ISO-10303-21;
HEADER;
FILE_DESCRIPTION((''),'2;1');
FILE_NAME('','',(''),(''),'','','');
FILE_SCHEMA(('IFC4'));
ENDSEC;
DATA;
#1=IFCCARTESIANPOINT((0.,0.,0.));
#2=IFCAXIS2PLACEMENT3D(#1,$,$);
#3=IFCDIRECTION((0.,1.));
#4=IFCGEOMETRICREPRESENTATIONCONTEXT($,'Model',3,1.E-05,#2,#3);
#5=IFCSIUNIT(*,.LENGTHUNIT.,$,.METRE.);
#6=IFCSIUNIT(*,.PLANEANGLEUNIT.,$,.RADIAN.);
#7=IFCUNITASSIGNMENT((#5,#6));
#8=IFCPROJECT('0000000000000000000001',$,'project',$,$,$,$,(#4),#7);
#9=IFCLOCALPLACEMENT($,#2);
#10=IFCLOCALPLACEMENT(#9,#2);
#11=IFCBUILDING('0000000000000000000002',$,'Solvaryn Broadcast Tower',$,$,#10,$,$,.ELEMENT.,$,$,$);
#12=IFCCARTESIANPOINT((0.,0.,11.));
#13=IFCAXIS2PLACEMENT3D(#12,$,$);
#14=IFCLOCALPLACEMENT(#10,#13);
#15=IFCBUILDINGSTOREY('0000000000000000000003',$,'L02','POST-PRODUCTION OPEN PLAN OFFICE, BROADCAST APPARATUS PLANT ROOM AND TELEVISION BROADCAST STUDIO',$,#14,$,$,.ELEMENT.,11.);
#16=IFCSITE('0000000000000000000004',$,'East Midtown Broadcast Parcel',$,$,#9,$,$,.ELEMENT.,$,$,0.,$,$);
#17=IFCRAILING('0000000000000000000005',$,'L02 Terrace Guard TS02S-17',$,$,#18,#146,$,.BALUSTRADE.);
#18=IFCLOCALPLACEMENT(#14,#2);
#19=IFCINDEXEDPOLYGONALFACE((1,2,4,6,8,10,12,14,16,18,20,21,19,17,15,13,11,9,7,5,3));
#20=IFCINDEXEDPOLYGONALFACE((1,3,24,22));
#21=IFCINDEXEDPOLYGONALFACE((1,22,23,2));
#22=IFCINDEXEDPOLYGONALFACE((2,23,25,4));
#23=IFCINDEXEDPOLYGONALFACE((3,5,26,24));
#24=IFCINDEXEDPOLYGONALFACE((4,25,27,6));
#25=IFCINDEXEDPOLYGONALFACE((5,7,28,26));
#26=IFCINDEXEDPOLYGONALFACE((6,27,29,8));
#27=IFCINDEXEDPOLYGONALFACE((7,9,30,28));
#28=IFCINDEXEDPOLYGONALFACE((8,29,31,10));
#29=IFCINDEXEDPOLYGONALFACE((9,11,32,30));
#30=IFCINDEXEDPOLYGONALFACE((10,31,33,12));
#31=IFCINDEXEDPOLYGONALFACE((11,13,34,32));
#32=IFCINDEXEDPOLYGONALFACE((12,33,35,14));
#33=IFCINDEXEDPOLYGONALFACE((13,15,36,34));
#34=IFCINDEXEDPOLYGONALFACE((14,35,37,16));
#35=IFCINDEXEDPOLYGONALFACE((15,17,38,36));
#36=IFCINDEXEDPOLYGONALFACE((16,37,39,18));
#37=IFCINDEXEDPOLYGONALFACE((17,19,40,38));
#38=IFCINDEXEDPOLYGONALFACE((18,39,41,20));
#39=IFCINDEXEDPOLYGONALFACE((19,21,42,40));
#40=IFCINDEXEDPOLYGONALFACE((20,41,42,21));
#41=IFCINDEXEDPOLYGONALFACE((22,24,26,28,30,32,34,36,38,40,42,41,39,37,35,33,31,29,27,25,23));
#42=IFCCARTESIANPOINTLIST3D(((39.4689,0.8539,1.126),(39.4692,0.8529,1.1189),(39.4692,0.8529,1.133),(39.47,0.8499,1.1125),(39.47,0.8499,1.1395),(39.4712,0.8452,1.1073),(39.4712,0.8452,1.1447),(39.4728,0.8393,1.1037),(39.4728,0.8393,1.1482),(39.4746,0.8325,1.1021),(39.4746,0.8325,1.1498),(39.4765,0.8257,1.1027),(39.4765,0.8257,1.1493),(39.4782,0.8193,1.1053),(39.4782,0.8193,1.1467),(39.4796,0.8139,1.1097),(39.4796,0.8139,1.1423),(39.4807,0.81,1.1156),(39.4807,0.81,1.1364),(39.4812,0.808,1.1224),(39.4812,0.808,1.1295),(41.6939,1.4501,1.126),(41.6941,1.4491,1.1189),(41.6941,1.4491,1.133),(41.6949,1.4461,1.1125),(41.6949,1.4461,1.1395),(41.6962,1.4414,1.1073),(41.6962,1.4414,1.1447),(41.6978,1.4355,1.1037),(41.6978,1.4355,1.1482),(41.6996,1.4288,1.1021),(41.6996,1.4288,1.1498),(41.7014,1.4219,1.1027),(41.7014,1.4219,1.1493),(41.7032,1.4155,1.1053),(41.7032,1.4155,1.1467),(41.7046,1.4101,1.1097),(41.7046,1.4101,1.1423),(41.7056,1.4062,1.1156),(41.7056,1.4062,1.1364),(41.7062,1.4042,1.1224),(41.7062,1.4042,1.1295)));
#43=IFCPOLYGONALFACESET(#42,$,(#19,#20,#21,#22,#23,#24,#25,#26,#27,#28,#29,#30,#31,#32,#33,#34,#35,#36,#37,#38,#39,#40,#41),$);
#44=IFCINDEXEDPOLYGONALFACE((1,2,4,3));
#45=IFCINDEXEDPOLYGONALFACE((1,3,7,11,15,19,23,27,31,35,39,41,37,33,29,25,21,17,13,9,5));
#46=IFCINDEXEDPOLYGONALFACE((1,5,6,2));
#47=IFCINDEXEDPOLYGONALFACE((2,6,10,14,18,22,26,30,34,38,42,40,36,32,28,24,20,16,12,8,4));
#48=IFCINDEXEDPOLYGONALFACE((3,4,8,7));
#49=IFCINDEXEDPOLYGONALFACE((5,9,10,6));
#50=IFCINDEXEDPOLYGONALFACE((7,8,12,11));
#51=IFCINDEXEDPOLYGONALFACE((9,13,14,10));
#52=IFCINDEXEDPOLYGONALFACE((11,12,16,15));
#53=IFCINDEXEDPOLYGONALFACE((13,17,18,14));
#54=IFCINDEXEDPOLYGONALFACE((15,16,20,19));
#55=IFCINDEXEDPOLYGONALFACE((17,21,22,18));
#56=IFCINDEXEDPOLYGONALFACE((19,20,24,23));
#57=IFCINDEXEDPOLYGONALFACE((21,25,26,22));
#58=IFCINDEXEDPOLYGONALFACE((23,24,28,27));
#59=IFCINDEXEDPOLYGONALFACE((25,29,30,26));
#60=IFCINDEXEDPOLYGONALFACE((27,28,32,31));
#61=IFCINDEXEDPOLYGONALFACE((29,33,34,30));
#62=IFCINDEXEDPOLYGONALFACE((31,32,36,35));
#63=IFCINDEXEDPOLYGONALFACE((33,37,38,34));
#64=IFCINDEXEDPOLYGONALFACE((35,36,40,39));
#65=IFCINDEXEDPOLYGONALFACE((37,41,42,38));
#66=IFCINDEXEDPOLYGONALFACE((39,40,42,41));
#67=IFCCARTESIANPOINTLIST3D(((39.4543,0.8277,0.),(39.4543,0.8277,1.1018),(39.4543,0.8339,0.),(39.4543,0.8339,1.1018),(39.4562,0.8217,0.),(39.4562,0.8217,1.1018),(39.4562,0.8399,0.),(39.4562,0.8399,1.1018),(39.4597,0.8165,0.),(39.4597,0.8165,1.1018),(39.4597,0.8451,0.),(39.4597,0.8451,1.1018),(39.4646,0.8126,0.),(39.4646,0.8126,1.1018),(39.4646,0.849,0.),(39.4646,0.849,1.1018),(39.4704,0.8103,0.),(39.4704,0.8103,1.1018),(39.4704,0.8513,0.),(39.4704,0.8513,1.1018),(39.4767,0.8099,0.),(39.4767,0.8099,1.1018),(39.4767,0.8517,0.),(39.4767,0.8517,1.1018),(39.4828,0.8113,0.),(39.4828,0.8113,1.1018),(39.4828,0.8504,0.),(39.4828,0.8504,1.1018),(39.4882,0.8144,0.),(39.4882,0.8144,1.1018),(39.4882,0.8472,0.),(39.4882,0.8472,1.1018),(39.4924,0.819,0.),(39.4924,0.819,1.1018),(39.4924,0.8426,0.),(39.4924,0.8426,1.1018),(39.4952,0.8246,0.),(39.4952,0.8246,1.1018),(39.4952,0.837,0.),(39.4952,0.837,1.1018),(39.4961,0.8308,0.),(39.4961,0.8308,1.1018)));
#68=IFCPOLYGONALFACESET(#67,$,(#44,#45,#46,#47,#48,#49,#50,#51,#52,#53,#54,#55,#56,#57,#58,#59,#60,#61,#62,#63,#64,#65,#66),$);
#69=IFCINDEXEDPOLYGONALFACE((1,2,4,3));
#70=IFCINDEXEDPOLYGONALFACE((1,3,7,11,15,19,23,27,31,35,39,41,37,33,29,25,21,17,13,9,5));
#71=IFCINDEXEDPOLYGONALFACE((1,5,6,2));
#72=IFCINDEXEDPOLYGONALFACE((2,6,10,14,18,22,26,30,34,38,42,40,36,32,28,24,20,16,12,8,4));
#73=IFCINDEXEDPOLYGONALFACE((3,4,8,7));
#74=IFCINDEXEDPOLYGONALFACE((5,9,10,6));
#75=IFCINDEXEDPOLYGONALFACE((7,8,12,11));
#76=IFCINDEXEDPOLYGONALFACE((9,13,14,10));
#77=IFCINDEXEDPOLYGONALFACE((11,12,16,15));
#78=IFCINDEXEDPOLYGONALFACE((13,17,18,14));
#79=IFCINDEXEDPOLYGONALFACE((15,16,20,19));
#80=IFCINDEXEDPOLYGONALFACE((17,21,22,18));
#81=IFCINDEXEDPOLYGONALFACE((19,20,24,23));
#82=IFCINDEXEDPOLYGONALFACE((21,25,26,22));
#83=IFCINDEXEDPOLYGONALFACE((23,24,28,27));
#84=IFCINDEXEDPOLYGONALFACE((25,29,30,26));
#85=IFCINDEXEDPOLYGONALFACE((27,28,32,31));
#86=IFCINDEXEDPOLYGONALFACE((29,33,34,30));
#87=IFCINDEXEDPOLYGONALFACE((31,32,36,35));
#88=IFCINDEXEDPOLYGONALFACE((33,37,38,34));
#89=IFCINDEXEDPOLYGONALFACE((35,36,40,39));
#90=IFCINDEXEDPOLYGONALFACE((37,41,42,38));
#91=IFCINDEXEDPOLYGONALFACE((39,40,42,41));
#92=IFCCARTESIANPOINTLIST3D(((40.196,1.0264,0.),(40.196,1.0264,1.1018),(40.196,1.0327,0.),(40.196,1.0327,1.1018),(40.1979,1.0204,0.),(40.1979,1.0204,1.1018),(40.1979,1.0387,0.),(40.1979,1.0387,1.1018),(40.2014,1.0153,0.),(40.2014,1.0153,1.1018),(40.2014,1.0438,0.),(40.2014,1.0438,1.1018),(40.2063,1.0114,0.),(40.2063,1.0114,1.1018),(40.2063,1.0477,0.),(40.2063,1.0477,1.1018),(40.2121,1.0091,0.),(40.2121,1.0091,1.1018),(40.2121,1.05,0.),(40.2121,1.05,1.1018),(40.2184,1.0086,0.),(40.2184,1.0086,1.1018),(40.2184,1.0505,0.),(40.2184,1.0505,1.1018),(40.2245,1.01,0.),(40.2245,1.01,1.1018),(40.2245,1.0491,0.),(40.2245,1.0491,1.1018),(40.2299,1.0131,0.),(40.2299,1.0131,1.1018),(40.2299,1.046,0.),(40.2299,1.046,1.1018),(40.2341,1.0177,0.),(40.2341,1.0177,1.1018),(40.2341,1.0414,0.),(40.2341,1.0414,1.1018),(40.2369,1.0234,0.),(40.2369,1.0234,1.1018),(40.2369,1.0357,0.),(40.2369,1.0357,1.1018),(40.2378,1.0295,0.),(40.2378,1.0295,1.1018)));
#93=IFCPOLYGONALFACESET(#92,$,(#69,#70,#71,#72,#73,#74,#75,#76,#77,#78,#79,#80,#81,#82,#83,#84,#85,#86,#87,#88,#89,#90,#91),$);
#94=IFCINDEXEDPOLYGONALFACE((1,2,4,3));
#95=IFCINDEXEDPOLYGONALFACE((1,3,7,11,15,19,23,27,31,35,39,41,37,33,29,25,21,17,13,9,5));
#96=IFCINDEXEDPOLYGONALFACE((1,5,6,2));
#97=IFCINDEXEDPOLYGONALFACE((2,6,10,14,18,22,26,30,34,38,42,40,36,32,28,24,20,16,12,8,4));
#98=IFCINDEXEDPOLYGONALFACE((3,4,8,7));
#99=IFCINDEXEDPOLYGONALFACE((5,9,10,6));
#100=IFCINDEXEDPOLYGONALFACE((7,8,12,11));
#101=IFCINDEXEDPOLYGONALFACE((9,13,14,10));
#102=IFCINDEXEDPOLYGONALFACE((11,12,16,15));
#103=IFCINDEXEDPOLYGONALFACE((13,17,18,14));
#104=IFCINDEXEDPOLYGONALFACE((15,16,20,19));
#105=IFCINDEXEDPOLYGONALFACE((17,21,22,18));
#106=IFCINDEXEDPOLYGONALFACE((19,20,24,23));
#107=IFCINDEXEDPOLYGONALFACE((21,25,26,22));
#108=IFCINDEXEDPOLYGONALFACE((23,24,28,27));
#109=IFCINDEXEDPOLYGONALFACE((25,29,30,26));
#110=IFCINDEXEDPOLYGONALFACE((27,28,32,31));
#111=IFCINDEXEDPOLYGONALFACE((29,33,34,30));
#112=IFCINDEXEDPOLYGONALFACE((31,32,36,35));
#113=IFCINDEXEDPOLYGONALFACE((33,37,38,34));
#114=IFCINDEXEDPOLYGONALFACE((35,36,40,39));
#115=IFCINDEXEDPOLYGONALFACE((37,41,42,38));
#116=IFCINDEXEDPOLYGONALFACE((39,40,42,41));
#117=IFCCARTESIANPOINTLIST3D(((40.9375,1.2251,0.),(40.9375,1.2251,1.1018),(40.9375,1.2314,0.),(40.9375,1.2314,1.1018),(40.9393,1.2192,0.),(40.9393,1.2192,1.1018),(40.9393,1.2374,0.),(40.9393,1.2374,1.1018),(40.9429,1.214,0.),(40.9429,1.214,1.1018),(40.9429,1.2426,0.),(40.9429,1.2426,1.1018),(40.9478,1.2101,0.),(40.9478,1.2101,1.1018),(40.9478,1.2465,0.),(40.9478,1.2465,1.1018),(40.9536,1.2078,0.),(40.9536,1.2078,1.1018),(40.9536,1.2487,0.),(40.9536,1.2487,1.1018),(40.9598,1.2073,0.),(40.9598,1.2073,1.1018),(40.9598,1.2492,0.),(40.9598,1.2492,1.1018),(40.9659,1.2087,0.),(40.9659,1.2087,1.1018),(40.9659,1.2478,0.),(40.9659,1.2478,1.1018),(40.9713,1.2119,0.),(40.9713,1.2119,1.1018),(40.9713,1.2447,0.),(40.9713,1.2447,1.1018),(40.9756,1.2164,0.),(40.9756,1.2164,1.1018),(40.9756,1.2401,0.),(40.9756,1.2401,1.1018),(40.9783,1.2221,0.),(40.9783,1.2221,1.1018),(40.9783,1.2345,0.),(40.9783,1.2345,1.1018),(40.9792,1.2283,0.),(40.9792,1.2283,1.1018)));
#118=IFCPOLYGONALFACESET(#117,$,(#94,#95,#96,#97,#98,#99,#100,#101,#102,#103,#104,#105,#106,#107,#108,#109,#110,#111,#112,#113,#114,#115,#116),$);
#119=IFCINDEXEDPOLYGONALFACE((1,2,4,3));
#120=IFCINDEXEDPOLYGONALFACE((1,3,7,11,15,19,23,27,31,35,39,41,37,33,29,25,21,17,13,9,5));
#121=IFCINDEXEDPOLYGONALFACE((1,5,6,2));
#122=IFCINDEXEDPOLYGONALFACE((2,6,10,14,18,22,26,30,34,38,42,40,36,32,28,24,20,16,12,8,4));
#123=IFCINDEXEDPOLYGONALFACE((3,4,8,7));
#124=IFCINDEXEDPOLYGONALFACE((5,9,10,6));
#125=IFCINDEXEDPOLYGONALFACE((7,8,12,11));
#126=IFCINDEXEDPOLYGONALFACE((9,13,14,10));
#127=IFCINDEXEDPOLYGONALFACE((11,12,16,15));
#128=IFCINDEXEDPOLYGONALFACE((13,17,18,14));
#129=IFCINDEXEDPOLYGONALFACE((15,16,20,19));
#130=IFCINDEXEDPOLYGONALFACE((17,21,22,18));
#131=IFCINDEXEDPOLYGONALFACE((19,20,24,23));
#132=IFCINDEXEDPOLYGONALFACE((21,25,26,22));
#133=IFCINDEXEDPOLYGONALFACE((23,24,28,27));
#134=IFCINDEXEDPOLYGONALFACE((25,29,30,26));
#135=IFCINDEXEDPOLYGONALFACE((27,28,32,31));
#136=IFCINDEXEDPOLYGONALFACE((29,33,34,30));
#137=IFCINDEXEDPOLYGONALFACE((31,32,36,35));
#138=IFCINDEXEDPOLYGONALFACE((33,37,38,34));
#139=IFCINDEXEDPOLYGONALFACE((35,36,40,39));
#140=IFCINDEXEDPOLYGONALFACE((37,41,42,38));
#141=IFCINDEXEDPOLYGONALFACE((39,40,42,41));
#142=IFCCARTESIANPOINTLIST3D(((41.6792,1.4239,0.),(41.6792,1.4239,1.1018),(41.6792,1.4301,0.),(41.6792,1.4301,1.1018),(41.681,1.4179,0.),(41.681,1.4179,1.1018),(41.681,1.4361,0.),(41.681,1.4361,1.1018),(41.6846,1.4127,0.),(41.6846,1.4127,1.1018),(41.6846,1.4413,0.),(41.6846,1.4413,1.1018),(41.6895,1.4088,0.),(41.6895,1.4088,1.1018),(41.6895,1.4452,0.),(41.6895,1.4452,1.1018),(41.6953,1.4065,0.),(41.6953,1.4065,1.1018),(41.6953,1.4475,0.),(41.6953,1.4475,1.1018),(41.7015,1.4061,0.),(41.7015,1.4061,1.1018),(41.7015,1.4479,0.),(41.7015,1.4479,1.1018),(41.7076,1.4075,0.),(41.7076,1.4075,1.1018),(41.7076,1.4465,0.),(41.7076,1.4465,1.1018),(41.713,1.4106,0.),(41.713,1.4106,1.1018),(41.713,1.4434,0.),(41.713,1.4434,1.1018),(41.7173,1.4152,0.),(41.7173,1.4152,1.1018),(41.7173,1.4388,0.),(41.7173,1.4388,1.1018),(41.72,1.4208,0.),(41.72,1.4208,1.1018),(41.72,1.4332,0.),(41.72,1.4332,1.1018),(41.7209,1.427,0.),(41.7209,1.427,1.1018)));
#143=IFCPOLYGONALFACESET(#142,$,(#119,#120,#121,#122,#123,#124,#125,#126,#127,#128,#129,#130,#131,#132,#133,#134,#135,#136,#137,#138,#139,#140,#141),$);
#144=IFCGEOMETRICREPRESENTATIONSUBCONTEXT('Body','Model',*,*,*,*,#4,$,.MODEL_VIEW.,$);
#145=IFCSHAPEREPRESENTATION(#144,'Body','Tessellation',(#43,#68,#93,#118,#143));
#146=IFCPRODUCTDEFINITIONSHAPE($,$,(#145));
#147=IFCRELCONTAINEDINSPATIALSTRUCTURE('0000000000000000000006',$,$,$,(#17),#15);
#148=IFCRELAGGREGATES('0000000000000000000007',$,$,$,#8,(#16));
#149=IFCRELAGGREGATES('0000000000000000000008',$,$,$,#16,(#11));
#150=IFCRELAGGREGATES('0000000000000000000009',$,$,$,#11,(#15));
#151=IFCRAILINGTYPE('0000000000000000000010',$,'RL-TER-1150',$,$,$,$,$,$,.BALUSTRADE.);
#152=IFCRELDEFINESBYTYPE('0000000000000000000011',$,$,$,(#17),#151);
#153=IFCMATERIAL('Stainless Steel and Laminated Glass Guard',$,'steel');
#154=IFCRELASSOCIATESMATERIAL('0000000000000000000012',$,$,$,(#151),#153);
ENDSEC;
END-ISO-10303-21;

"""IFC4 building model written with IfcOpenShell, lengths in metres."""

from ifc_helpers import new_model, si_unit, direction, frame, origin, origin_2d, place, context, subcontext, project, spatial, circle, extrude, material, type_object, element, save


model = new_model("IFC4")

# Units and contexts
model_context = context("Model", 3, precision=1e-05, world=origin(), true_north=direction((0.0, 1.0)))
body_context = subcontext(model_context, "Body", "Model", "MODEL_VIEW")
ifc_project = project(units=[si_unit("LENGTHUNIT", "METRE"), si_unit("PLANEANGLEUNIT", "RADIAN")], contexts=[model_context])

# Site, building, storey
site_placement = place(None, origin())
site = spatial("IfcSite", under=ifc_project, at=site_placement, Name="East Midtown Broadcast Parcel", CompositionType="ELEMENT", RefElevation=0.0)
building_placement = place(site_placement, origin())
building = spatial("IfcBuilding", under=site, at=building_placement, Name="Solvaryn Broadcast Tower", CompositionType="ELEMENT")
storey_placement = place(building_placement, frame((0.0, 0.0, 11.0)))
storey = spatial("IfcBuildingStorey", under=building, at=storey_placement, Name="L02", Description="POST-PRODUCTION OPEN PLAN OFFICE, BROADCAST APPARATUS PLANT ROOM AND TELEVISION BROADCAST STUDIO", CompositionType="ELEMENT", Elevation=11.0)

# Railing
ifc_material_1 = material(Name="Stainless Steel and Laminated Glass Guard", Category="steel")
railing_type = type_object("IfcRailingType", Name="RL-TER-1150", PredefinedType="BALUSTRADE", material=ifc_material_1)
railing_1_placement = place(storey_placement, frame((39.4751, 0.8308, 0.0)))
element("IfcRailing", 1, at=railing_1_placement, inside=storey, type_object=railing_type, Name="L02 Terrace Guard TS02S-17", PredefinedType="BALUSTRADE", context=body_context, shape_type="SweptSolid", body=[
    extrude(circle(Radius=0.0239, at=origin_2d()), frame((0.0, 0.0, 1.126), z_axis=(0.965921, 0.258837, 0.0), x_axis=(-0.258837, 0.965921, 0.0)), (0.0, 0.0, 1.0), 2.3035),
    extrude(circle(Radius=0.021, at=origin_2d()), origin(), (0.0, 0.0, 1.0), 1.1018),
    extrude(circle(Radius=0.021, at=origin_2d()), frame((0.7417, 0.1987, 0.0)), (0.0, 0.0, 1.0), 1.1018),
    extrude(circle(Radius=0.021, at=origin_2d()), frame((1.4832, 0.3975, 0.0)), (0.0, 0.0, 1.0), 1.1018),
    extrude(circle(Radius=0.021, at=origin_2d()), frame((2.2249, 0.5962, 0.0)), (0.0, 0.0, 1.0), 1.1018),
])

save(model, "model.ifc")
